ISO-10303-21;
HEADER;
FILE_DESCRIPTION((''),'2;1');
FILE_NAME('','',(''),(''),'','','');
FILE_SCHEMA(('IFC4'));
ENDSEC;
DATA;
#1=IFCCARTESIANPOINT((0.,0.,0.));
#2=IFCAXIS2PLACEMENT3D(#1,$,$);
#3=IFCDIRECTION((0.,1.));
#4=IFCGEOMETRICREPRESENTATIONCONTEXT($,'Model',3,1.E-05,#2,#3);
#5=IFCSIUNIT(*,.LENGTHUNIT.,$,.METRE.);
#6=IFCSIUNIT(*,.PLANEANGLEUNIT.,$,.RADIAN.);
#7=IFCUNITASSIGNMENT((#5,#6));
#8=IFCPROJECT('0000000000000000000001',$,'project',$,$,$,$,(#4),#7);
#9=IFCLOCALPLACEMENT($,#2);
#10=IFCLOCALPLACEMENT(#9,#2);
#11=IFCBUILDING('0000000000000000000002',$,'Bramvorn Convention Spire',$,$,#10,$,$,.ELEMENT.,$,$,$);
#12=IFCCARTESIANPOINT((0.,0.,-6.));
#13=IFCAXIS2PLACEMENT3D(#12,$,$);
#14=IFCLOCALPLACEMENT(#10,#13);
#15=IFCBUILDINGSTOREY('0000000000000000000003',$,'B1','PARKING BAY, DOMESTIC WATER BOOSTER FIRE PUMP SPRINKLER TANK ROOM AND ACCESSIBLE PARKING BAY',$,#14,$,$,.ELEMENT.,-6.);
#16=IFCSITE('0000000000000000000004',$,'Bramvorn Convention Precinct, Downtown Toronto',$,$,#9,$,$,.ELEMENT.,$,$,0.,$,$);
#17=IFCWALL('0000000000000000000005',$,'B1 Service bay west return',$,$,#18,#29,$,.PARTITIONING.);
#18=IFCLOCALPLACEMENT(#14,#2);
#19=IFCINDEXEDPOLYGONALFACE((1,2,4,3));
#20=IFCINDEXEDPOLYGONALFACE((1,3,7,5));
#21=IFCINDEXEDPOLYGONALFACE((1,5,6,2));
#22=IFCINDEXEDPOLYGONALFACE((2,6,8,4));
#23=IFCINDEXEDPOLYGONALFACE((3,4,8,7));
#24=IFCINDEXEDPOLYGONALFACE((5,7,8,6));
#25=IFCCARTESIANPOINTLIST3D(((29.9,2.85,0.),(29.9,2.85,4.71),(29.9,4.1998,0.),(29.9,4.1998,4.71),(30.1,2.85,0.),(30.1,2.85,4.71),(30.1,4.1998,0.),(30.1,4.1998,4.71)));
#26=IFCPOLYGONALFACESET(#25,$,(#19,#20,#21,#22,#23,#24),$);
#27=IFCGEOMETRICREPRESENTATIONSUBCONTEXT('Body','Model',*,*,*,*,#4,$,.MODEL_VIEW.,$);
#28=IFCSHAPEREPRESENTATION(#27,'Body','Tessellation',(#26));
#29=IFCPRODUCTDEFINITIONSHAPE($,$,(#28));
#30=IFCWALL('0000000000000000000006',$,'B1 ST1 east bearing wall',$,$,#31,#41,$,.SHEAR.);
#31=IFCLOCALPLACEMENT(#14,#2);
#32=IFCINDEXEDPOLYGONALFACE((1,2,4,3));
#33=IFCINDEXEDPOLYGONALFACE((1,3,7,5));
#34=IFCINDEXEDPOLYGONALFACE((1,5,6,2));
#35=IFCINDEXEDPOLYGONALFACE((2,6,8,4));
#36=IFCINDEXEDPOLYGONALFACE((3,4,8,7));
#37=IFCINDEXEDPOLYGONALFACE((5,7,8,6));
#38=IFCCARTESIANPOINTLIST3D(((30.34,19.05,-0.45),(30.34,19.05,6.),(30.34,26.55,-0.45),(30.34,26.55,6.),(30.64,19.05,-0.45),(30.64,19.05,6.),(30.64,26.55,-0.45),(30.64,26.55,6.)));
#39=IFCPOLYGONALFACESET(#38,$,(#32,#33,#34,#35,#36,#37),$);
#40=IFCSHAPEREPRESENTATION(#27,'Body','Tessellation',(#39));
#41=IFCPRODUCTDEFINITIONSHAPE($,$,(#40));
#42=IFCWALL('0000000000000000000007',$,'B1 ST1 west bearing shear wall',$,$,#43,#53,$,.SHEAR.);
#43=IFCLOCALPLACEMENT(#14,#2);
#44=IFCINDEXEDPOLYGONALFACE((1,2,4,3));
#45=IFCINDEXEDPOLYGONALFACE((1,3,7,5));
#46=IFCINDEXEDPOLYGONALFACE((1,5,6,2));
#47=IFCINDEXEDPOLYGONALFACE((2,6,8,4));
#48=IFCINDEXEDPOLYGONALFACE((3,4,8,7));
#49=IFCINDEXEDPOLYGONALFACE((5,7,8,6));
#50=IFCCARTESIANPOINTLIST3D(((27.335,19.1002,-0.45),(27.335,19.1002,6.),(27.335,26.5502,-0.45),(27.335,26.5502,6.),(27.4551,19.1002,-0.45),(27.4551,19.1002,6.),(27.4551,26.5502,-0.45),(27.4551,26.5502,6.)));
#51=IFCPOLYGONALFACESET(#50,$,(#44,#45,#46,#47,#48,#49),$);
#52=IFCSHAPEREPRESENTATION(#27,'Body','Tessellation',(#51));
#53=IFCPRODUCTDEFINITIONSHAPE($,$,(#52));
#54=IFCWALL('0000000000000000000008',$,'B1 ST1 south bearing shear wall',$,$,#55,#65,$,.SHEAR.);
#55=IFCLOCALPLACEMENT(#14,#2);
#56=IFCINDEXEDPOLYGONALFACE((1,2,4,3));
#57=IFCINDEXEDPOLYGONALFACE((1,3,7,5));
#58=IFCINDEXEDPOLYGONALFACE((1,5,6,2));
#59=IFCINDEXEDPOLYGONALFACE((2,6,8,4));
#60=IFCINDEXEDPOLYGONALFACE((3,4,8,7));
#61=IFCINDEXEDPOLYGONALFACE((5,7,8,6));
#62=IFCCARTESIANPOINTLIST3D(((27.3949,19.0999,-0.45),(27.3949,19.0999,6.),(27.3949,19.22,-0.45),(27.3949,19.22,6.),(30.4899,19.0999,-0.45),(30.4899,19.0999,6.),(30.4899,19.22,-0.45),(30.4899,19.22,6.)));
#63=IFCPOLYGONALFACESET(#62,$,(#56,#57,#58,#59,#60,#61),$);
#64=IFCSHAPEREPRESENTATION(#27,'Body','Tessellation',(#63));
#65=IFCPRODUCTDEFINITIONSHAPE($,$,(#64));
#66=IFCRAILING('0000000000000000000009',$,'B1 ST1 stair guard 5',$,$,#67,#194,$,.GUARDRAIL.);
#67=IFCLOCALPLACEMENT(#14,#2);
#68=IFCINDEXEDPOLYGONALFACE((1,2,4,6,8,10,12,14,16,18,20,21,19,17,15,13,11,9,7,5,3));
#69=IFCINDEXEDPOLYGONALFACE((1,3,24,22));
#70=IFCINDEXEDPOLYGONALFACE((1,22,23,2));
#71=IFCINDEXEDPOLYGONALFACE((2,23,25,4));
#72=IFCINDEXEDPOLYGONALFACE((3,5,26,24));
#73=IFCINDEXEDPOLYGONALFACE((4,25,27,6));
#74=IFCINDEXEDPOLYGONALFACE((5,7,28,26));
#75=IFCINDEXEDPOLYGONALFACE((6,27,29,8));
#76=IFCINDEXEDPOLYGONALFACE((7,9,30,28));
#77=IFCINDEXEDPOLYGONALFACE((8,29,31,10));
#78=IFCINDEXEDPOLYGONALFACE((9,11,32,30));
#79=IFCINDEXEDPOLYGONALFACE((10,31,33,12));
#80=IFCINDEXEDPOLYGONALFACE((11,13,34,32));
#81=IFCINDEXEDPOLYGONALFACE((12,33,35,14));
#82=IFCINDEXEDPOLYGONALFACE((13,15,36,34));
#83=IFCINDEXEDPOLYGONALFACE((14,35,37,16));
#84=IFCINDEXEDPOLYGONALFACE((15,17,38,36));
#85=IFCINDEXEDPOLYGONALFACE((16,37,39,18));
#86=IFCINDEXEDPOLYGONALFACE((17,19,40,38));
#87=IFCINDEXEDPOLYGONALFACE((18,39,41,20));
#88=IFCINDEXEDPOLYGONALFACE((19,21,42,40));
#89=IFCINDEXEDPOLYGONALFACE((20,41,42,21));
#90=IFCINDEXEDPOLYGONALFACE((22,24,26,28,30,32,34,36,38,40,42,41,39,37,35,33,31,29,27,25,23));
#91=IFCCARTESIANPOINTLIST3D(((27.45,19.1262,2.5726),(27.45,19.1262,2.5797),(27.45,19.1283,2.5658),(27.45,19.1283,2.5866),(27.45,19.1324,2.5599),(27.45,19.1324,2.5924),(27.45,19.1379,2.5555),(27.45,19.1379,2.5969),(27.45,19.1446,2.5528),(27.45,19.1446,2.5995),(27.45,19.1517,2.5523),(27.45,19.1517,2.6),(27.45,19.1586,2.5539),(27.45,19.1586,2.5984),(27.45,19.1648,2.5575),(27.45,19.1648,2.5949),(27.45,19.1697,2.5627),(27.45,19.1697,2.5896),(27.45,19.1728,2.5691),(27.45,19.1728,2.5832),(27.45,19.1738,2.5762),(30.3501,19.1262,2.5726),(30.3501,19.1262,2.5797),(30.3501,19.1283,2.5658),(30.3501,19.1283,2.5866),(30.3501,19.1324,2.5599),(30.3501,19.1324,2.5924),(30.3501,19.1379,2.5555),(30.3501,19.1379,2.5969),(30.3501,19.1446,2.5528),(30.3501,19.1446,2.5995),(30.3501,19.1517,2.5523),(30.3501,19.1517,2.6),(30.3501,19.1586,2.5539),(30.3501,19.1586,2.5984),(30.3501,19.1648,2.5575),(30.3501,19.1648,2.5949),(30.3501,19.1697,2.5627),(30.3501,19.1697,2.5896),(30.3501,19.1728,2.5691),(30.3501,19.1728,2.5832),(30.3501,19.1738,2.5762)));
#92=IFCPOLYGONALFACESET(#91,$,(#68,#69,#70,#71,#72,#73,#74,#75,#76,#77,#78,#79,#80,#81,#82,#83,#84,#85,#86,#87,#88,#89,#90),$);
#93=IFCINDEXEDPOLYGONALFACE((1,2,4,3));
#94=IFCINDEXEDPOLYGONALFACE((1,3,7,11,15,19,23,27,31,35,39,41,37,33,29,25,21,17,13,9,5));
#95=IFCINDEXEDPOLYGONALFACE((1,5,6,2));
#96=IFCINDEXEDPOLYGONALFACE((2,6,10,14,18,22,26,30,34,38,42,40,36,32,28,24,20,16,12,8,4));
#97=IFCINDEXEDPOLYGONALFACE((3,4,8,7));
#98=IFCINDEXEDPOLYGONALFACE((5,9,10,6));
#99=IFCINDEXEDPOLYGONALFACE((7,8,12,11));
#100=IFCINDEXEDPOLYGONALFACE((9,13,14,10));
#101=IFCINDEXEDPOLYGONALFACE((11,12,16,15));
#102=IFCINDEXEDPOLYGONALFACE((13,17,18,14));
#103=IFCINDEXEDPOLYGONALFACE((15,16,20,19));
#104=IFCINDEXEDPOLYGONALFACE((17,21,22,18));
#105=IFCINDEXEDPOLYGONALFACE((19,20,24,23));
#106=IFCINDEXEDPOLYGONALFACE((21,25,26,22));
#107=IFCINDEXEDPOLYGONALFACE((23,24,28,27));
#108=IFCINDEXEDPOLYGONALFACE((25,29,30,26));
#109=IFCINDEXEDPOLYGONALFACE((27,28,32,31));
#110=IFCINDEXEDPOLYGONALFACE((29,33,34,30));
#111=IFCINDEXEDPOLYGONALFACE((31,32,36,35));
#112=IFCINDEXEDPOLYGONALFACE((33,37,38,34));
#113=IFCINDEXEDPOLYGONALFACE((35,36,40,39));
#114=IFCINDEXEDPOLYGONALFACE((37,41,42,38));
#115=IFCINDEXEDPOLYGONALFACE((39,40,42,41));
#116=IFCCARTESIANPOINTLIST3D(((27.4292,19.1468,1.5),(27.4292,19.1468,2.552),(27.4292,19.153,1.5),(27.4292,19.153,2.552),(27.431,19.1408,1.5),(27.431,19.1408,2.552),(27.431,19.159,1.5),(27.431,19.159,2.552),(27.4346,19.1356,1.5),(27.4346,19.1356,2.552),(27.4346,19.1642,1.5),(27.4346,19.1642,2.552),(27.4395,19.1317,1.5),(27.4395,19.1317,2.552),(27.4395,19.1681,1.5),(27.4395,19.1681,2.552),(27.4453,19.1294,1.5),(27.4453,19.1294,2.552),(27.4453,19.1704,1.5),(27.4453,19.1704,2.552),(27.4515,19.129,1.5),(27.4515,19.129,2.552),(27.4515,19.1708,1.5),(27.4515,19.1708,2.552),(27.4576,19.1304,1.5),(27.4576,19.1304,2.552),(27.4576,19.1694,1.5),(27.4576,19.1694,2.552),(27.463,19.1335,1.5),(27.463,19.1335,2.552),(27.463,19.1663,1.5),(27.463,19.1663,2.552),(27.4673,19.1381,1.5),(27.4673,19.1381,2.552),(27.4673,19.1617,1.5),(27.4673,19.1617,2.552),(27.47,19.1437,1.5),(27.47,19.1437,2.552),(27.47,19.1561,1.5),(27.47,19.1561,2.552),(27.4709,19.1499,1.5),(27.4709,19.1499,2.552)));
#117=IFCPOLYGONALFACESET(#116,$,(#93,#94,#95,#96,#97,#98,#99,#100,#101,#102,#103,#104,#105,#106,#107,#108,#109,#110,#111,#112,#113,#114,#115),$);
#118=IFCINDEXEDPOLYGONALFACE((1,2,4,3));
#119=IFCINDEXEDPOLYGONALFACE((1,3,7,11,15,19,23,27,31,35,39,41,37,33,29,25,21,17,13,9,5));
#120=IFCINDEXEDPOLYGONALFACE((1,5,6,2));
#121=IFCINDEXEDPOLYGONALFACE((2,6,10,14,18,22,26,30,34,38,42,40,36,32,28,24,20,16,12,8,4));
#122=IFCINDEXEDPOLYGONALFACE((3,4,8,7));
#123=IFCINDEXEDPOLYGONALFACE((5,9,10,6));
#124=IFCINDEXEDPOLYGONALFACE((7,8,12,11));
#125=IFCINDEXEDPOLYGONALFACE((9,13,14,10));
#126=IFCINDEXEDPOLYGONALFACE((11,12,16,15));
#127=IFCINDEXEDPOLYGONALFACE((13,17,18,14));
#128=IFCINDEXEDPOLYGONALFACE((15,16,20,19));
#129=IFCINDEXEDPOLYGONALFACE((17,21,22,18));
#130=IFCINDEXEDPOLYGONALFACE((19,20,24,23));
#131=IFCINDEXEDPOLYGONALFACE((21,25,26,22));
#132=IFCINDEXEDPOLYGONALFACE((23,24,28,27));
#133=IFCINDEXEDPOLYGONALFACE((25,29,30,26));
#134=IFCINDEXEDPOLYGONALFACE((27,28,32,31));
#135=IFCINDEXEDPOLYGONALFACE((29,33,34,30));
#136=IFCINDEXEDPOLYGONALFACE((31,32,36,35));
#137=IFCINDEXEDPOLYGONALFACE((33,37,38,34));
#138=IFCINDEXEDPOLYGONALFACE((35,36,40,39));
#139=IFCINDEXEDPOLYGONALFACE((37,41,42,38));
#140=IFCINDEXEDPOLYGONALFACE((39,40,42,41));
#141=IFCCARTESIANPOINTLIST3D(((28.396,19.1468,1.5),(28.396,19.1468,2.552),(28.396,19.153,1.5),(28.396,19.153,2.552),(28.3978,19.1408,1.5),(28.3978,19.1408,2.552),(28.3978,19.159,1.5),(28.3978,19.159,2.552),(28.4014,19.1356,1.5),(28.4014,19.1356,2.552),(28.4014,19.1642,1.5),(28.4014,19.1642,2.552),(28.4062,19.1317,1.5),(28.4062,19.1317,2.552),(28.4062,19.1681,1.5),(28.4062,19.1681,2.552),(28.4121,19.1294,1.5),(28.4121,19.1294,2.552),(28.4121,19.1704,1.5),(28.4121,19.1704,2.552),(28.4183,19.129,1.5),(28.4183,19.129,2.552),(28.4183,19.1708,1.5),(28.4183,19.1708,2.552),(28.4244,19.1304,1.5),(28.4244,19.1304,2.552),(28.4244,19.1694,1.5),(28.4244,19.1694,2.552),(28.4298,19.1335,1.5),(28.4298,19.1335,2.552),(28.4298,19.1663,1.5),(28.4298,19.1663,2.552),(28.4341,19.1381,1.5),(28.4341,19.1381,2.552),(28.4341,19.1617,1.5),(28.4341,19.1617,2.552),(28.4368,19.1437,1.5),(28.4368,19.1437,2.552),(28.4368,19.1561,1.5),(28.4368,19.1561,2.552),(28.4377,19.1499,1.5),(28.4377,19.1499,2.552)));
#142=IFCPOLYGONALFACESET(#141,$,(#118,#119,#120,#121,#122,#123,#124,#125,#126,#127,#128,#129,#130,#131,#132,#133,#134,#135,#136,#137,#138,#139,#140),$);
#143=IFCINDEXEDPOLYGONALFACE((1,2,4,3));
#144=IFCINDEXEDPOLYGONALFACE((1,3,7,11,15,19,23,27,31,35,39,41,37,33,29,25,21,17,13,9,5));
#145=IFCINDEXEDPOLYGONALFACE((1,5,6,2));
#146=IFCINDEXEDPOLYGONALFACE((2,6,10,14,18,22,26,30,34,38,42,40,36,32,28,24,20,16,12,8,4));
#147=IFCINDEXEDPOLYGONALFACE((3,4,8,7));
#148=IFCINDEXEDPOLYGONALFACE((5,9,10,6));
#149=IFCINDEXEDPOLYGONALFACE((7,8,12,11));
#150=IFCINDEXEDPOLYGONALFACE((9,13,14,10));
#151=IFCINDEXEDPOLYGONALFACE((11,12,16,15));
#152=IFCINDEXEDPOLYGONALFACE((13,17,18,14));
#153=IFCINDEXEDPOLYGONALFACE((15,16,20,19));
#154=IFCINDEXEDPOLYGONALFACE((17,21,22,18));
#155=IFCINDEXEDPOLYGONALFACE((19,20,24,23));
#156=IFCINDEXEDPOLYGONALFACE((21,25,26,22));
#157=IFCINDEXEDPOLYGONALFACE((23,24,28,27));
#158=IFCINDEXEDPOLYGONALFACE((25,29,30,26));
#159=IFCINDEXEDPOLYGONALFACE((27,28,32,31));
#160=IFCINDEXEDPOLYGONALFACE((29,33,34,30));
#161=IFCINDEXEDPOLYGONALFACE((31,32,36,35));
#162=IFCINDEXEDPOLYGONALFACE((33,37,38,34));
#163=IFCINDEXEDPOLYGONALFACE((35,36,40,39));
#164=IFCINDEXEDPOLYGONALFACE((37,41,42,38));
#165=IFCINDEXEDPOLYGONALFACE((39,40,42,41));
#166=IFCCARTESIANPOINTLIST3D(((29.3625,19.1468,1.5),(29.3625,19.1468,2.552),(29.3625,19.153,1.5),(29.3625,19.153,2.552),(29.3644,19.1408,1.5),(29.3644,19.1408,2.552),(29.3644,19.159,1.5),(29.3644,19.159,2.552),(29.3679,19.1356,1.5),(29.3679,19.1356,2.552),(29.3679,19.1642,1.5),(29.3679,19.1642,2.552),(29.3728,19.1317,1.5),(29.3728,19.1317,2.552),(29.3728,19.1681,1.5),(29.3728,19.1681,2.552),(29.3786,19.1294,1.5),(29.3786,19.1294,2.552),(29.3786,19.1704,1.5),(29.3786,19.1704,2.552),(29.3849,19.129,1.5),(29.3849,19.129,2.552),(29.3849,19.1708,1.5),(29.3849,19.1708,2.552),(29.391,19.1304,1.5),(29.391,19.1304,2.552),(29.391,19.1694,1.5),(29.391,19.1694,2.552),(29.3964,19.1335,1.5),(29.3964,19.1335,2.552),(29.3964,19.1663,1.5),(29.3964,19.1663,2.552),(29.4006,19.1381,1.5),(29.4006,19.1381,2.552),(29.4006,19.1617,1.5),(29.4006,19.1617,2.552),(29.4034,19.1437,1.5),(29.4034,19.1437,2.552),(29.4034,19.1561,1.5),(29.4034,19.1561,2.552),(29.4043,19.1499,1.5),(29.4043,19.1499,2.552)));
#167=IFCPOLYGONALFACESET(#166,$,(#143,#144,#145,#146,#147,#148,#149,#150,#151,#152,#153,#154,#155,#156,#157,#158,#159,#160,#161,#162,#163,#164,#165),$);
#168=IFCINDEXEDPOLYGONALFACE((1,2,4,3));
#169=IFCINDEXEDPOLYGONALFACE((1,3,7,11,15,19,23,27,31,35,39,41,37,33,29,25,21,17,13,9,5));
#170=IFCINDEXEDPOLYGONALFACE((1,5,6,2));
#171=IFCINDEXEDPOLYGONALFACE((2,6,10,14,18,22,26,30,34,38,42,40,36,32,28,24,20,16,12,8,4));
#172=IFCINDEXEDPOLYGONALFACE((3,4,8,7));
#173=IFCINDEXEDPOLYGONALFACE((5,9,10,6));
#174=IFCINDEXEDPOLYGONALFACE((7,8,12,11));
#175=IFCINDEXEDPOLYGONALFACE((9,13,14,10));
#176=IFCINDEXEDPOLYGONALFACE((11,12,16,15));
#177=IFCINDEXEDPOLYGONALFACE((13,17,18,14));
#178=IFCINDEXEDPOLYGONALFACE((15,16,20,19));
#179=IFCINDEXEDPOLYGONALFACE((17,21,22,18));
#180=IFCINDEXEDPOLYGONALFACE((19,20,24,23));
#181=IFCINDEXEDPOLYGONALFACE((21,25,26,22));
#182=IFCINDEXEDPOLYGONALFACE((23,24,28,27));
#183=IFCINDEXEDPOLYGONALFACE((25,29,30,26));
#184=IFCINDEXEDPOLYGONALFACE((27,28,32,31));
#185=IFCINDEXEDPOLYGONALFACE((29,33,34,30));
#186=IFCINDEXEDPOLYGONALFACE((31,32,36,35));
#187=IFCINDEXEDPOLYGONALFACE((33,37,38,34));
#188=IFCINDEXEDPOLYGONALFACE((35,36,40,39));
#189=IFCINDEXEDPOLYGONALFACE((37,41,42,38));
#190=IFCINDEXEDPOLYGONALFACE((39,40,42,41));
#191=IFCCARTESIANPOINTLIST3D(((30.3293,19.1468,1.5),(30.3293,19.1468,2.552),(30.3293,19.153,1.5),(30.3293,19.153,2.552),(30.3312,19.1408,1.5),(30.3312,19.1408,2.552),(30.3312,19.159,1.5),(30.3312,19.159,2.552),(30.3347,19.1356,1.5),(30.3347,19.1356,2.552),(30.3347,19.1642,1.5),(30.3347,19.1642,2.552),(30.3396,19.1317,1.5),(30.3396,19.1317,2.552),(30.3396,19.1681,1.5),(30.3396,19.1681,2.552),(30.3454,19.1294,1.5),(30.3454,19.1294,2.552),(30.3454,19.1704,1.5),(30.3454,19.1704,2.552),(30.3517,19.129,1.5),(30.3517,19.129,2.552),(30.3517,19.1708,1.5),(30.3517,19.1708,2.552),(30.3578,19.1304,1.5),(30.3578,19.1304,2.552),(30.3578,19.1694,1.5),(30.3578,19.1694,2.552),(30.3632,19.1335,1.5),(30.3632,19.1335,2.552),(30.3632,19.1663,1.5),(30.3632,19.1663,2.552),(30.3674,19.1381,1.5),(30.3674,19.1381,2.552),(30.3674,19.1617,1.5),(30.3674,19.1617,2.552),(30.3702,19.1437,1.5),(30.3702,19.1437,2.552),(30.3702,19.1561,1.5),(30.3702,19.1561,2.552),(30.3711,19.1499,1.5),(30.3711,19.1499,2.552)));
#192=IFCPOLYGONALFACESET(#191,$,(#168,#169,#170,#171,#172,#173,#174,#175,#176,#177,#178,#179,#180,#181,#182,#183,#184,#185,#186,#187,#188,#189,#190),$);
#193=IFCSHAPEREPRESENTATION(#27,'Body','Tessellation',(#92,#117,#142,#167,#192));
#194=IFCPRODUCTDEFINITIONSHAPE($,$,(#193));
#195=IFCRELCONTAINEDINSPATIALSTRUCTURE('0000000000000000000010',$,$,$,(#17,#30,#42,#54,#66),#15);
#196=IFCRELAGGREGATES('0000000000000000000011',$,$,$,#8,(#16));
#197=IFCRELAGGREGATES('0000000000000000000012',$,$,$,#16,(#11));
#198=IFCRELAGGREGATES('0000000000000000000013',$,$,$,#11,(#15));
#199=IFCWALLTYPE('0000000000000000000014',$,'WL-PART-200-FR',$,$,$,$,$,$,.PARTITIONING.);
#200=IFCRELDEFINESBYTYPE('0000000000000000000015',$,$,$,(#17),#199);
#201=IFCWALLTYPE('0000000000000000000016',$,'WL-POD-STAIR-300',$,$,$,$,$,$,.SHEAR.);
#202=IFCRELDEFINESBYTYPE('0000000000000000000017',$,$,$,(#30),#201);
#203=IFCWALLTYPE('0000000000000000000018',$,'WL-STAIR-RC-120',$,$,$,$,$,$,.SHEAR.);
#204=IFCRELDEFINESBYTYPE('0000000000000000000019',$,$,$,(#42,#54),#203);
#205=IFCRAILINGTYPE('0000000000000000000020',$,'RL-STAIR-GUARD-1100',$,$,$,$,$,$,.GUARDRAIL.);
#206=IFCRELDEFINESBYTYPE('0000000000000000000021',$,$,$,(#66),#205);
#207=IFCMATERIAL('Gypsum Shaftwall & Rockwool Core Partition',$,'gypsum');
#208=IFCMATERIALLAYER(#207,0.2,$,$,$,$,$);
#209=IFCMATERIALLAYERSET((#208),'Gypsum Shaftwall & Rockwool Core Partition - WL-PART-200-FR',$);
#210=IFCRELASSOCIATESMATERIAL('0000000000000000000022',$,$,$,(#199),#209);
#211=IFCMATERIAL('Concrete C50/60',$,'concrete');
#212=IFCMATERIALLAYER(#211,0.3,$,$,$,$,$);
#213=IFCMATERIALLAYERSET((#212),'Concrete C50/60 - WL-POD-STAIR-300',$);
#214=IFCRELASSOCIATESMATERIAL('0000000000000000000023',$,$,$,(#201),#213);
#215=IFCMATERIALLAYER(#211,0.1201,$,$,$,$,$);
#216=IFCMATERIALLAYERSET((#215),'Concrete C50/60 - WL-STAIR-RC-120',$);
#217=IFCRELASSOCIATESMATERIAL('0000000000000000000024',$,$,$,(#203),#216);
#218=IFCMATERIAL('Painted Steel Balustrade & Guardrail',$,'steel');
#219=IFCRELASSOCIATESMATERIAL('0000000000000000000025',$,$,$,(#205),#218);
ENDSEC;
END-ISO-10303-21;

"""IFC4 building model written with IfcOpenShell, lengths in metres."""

from ifc_helpers import new_model, si_unit, direction, frame, frame_2d, origin, origin_2d, place, context, subcontext, project, spatial, rectangle, circle, extrude, material, layer, layer_set, type_object, element, save


model = new_model("IFC4")

# Units and contexts
model_context = context("Model", 3, precision=1e-05, world=origin(), true_north=direction((0.0, 1.0)))
body_context = subcontext(model_context, "Body", "Model", "MODEL_VIEW")
ifc_project = project(units=[si_unit("LENGTHUNIT", "METRE"), si_unit("PLANEANGLEUNIT", "RADIAN")], contexts=[model_context])

# Site, building, storey
site_placement = place(None, origin())
site = spatial("IfcSite", under=ifc_project, at=site_placement, Name="Bramvorn Convention Precinct, Downtown Toronto", CompositionType="ELEMENT", RefElevation=0.0)
building_placement = place(site_placement, origin())
building = spatial("IfcBuilding", under=site, at=building_placement, Name="Bramvorn Convention Spire", CompositionType="ELEMENT")
storey_placement = place(building_placement, frame((0.0, 0.0, -6.0)))
storey = spatial("IfcBuildingStorey", under=building, at=storey_placement, Name="B1", Description="PARKING BAY, DOMESTIC WATER BOOSTER FIRE PUMP SPRINKLER TANK ROOM AND ACCESSIBLE PARKING BAY", CompositionType="ELEMENT", Elevation=-6.0)

# Shared definitions
ifc_material_1 = material(Name="Gypsum Shaftwall & Rockwool Core Partition", Category="gypsum")
ifc_layer_1 = layer(ifc_material_1, 0.2)
ifc_layer_set_1 = layer_set([ifc_layer_1], Name="Gypsum Shaftwall & Rockwool Core Partition - WL-PART-200-FR")
wall_type_1 = type_object("IfcWallType", Name="WL-PART-200-FR", PredefinedType="PARTITIONING", material=ifc_layer_set_1)

# Walls
wall_1_placement = place(storey_placement, frame((30.0, 2.8501, 0.0), z_axis=(0.0, 0.0, 1.0), x_axis=(0.0, 1.0, 0.0)))
element("IfcWall", 1, at=wall_1_placement, inside=storey, type_object=wall_type_1, Name="B1 Service bay west return", PredefinedType="PARTITIONING", context=body_context, shape_type="SweptSolid", body=[
    extrude(rectangle(XDim=1.3499, YDim=0.2, at=frame_2d((0.6748, 0.0))), origin(), (0.0, 0.0, 1.0), 4.71),
])
ifc_material_2 = material(Name="Concrete C50/60", Category="concrete")
ifc_layer_2 = layer(ifc_material_2, 0.3)
ifc_layer_set_2 = layer_set([ifc_layer_2], Name="Concrete C50/60 - WL-POD-STAIR-300")
wall_type_2 = type_object("IfcWallType", Name="WL-POD-STAIR-300", PredefinedType="SHEAR", material=ifc_layer_set_2)
wall_2_placement = place(storey_placement, frame((30.49, 19.05, -0.45), z_axis=(0.0, 0.0, 1.0), x_axis=(0.0, 1.0, 0.0)))
element("IfcWall", 2, at=wall_2_placement, inside=storey, type_object=wall_type_2, Name="B1 ST1 east bearing wall", PredefinedType="SHEAR", context=body_context, shape_type="SweptSolid", body=[
    extrude(rectangle(XDim=7.5, YDim=0.3, at=frame_2d((3.75, 0.0))), origin(), (0.0, 0.0, 1.0), 6.45),
])
ifc_layer_3 = layer(ifc_material_2, 0.1201)
ifc_layer_set_3 = layer_set([ifc_layer_3], Name="Concrete C50/60 - WL-STAIR-RC-120")
wall_type_3 = type_object("IfcWallType", Name="WL-STAIR-RC-120", PredefinedType="SHEAR", material=ifc_layer_set_3)
wall_3_placement = place(storey_placement, frame((27.395, 19.1001, -0.45), z_axis=(0.0, 0.0, 1.0), x_axis=(0.0, 1.0, 0.0)))
element("IfcWall", 3, at=wall_3_placement, inside=storey, type_object=wall_type_3, Name="B1 ST1 west bearing shear wall", PredefinedType="SHEAR", context=body_context, shape_type="SweptSolid", body=[
    extrude(rectangle(XDim=7.45, YDim=0.1201, at=frame_2d((3.7251, 0.0))), origin(), (0.0, 0.0, 1.0), 6.45),
])
wall_4_placement = place(storey_placement, frame((27.395, 19.1599, -0.45), z_axis=(0.0, 0.0, 1.0), x_axis=(1.0, 0.0, 0.0)))
element("IfcWall", 4, at=wall_4_placement, inside=storey, type_object=wall_type_3, Name="B1 ST1 south bearing shear wall", PredefinedType="SHEAR", context=body_context, shape_type="SweptSolid", body=[
    extrude(rectangle(XDim=3.095, YDim=0.1201, at=frame_2d((1.5474, 0.0))), origin(), (0.0, 0.0, 1.0), 6.45),
])

# Railing
ifc_material_3 = material(Name="Painted Steel Balustrade & Guardrail", Category="steel")
railing_type = type_object("IfcRailingType", Name="RL-STAIR-GUARD-1100", PredefinedType="GUARDRAIL", material=ifc_material_3)
for number, where, name in (
    (5, (27.45, 19.1499, 1.5), "B1 ST1 stair guard 5"),
):
    element("IfcRailing", number, at=place(storey_placement, frame(where)), inside=storey, type_object=railing_type, Name=name, PredefinedType="GUARDRAIL", context=body_context, shape_type="SweptSolid", body=[
        extrude(circle(Radius=0.0239, at=origin_2d()), frame((0.0, 0.0, 1.0762), z_axis=(1.0, 0.0, 0.0), x_axis=(0.0, 1.0, 0.0)), (0.0, 0.0, 1.0), 2.9001),
        extrude(circle(Radius=0.021, at=origin_2d()), origin(), (0.0, 0.0, 1.0), 1.052),
        extrude(circle(Radius=0.021, at=origin_2d()), frame((0.9668, 0.0, 0.0)), (0.0, 0.0, 1.0), 1.052),
        extrude(circle(Radius=0.021, at=origin_2d()), frame((1.9333, 0.0, 0.0)), (0.0, 0.0, 1.0), 1.052),
        extrude(circle(Radius=0.021, at=origin_2d()), frame((2.9001, 0.0, 0.0)), (0.0, 0.0, 1.0), 1.052),
    ])

save(model, "model.ifc")
